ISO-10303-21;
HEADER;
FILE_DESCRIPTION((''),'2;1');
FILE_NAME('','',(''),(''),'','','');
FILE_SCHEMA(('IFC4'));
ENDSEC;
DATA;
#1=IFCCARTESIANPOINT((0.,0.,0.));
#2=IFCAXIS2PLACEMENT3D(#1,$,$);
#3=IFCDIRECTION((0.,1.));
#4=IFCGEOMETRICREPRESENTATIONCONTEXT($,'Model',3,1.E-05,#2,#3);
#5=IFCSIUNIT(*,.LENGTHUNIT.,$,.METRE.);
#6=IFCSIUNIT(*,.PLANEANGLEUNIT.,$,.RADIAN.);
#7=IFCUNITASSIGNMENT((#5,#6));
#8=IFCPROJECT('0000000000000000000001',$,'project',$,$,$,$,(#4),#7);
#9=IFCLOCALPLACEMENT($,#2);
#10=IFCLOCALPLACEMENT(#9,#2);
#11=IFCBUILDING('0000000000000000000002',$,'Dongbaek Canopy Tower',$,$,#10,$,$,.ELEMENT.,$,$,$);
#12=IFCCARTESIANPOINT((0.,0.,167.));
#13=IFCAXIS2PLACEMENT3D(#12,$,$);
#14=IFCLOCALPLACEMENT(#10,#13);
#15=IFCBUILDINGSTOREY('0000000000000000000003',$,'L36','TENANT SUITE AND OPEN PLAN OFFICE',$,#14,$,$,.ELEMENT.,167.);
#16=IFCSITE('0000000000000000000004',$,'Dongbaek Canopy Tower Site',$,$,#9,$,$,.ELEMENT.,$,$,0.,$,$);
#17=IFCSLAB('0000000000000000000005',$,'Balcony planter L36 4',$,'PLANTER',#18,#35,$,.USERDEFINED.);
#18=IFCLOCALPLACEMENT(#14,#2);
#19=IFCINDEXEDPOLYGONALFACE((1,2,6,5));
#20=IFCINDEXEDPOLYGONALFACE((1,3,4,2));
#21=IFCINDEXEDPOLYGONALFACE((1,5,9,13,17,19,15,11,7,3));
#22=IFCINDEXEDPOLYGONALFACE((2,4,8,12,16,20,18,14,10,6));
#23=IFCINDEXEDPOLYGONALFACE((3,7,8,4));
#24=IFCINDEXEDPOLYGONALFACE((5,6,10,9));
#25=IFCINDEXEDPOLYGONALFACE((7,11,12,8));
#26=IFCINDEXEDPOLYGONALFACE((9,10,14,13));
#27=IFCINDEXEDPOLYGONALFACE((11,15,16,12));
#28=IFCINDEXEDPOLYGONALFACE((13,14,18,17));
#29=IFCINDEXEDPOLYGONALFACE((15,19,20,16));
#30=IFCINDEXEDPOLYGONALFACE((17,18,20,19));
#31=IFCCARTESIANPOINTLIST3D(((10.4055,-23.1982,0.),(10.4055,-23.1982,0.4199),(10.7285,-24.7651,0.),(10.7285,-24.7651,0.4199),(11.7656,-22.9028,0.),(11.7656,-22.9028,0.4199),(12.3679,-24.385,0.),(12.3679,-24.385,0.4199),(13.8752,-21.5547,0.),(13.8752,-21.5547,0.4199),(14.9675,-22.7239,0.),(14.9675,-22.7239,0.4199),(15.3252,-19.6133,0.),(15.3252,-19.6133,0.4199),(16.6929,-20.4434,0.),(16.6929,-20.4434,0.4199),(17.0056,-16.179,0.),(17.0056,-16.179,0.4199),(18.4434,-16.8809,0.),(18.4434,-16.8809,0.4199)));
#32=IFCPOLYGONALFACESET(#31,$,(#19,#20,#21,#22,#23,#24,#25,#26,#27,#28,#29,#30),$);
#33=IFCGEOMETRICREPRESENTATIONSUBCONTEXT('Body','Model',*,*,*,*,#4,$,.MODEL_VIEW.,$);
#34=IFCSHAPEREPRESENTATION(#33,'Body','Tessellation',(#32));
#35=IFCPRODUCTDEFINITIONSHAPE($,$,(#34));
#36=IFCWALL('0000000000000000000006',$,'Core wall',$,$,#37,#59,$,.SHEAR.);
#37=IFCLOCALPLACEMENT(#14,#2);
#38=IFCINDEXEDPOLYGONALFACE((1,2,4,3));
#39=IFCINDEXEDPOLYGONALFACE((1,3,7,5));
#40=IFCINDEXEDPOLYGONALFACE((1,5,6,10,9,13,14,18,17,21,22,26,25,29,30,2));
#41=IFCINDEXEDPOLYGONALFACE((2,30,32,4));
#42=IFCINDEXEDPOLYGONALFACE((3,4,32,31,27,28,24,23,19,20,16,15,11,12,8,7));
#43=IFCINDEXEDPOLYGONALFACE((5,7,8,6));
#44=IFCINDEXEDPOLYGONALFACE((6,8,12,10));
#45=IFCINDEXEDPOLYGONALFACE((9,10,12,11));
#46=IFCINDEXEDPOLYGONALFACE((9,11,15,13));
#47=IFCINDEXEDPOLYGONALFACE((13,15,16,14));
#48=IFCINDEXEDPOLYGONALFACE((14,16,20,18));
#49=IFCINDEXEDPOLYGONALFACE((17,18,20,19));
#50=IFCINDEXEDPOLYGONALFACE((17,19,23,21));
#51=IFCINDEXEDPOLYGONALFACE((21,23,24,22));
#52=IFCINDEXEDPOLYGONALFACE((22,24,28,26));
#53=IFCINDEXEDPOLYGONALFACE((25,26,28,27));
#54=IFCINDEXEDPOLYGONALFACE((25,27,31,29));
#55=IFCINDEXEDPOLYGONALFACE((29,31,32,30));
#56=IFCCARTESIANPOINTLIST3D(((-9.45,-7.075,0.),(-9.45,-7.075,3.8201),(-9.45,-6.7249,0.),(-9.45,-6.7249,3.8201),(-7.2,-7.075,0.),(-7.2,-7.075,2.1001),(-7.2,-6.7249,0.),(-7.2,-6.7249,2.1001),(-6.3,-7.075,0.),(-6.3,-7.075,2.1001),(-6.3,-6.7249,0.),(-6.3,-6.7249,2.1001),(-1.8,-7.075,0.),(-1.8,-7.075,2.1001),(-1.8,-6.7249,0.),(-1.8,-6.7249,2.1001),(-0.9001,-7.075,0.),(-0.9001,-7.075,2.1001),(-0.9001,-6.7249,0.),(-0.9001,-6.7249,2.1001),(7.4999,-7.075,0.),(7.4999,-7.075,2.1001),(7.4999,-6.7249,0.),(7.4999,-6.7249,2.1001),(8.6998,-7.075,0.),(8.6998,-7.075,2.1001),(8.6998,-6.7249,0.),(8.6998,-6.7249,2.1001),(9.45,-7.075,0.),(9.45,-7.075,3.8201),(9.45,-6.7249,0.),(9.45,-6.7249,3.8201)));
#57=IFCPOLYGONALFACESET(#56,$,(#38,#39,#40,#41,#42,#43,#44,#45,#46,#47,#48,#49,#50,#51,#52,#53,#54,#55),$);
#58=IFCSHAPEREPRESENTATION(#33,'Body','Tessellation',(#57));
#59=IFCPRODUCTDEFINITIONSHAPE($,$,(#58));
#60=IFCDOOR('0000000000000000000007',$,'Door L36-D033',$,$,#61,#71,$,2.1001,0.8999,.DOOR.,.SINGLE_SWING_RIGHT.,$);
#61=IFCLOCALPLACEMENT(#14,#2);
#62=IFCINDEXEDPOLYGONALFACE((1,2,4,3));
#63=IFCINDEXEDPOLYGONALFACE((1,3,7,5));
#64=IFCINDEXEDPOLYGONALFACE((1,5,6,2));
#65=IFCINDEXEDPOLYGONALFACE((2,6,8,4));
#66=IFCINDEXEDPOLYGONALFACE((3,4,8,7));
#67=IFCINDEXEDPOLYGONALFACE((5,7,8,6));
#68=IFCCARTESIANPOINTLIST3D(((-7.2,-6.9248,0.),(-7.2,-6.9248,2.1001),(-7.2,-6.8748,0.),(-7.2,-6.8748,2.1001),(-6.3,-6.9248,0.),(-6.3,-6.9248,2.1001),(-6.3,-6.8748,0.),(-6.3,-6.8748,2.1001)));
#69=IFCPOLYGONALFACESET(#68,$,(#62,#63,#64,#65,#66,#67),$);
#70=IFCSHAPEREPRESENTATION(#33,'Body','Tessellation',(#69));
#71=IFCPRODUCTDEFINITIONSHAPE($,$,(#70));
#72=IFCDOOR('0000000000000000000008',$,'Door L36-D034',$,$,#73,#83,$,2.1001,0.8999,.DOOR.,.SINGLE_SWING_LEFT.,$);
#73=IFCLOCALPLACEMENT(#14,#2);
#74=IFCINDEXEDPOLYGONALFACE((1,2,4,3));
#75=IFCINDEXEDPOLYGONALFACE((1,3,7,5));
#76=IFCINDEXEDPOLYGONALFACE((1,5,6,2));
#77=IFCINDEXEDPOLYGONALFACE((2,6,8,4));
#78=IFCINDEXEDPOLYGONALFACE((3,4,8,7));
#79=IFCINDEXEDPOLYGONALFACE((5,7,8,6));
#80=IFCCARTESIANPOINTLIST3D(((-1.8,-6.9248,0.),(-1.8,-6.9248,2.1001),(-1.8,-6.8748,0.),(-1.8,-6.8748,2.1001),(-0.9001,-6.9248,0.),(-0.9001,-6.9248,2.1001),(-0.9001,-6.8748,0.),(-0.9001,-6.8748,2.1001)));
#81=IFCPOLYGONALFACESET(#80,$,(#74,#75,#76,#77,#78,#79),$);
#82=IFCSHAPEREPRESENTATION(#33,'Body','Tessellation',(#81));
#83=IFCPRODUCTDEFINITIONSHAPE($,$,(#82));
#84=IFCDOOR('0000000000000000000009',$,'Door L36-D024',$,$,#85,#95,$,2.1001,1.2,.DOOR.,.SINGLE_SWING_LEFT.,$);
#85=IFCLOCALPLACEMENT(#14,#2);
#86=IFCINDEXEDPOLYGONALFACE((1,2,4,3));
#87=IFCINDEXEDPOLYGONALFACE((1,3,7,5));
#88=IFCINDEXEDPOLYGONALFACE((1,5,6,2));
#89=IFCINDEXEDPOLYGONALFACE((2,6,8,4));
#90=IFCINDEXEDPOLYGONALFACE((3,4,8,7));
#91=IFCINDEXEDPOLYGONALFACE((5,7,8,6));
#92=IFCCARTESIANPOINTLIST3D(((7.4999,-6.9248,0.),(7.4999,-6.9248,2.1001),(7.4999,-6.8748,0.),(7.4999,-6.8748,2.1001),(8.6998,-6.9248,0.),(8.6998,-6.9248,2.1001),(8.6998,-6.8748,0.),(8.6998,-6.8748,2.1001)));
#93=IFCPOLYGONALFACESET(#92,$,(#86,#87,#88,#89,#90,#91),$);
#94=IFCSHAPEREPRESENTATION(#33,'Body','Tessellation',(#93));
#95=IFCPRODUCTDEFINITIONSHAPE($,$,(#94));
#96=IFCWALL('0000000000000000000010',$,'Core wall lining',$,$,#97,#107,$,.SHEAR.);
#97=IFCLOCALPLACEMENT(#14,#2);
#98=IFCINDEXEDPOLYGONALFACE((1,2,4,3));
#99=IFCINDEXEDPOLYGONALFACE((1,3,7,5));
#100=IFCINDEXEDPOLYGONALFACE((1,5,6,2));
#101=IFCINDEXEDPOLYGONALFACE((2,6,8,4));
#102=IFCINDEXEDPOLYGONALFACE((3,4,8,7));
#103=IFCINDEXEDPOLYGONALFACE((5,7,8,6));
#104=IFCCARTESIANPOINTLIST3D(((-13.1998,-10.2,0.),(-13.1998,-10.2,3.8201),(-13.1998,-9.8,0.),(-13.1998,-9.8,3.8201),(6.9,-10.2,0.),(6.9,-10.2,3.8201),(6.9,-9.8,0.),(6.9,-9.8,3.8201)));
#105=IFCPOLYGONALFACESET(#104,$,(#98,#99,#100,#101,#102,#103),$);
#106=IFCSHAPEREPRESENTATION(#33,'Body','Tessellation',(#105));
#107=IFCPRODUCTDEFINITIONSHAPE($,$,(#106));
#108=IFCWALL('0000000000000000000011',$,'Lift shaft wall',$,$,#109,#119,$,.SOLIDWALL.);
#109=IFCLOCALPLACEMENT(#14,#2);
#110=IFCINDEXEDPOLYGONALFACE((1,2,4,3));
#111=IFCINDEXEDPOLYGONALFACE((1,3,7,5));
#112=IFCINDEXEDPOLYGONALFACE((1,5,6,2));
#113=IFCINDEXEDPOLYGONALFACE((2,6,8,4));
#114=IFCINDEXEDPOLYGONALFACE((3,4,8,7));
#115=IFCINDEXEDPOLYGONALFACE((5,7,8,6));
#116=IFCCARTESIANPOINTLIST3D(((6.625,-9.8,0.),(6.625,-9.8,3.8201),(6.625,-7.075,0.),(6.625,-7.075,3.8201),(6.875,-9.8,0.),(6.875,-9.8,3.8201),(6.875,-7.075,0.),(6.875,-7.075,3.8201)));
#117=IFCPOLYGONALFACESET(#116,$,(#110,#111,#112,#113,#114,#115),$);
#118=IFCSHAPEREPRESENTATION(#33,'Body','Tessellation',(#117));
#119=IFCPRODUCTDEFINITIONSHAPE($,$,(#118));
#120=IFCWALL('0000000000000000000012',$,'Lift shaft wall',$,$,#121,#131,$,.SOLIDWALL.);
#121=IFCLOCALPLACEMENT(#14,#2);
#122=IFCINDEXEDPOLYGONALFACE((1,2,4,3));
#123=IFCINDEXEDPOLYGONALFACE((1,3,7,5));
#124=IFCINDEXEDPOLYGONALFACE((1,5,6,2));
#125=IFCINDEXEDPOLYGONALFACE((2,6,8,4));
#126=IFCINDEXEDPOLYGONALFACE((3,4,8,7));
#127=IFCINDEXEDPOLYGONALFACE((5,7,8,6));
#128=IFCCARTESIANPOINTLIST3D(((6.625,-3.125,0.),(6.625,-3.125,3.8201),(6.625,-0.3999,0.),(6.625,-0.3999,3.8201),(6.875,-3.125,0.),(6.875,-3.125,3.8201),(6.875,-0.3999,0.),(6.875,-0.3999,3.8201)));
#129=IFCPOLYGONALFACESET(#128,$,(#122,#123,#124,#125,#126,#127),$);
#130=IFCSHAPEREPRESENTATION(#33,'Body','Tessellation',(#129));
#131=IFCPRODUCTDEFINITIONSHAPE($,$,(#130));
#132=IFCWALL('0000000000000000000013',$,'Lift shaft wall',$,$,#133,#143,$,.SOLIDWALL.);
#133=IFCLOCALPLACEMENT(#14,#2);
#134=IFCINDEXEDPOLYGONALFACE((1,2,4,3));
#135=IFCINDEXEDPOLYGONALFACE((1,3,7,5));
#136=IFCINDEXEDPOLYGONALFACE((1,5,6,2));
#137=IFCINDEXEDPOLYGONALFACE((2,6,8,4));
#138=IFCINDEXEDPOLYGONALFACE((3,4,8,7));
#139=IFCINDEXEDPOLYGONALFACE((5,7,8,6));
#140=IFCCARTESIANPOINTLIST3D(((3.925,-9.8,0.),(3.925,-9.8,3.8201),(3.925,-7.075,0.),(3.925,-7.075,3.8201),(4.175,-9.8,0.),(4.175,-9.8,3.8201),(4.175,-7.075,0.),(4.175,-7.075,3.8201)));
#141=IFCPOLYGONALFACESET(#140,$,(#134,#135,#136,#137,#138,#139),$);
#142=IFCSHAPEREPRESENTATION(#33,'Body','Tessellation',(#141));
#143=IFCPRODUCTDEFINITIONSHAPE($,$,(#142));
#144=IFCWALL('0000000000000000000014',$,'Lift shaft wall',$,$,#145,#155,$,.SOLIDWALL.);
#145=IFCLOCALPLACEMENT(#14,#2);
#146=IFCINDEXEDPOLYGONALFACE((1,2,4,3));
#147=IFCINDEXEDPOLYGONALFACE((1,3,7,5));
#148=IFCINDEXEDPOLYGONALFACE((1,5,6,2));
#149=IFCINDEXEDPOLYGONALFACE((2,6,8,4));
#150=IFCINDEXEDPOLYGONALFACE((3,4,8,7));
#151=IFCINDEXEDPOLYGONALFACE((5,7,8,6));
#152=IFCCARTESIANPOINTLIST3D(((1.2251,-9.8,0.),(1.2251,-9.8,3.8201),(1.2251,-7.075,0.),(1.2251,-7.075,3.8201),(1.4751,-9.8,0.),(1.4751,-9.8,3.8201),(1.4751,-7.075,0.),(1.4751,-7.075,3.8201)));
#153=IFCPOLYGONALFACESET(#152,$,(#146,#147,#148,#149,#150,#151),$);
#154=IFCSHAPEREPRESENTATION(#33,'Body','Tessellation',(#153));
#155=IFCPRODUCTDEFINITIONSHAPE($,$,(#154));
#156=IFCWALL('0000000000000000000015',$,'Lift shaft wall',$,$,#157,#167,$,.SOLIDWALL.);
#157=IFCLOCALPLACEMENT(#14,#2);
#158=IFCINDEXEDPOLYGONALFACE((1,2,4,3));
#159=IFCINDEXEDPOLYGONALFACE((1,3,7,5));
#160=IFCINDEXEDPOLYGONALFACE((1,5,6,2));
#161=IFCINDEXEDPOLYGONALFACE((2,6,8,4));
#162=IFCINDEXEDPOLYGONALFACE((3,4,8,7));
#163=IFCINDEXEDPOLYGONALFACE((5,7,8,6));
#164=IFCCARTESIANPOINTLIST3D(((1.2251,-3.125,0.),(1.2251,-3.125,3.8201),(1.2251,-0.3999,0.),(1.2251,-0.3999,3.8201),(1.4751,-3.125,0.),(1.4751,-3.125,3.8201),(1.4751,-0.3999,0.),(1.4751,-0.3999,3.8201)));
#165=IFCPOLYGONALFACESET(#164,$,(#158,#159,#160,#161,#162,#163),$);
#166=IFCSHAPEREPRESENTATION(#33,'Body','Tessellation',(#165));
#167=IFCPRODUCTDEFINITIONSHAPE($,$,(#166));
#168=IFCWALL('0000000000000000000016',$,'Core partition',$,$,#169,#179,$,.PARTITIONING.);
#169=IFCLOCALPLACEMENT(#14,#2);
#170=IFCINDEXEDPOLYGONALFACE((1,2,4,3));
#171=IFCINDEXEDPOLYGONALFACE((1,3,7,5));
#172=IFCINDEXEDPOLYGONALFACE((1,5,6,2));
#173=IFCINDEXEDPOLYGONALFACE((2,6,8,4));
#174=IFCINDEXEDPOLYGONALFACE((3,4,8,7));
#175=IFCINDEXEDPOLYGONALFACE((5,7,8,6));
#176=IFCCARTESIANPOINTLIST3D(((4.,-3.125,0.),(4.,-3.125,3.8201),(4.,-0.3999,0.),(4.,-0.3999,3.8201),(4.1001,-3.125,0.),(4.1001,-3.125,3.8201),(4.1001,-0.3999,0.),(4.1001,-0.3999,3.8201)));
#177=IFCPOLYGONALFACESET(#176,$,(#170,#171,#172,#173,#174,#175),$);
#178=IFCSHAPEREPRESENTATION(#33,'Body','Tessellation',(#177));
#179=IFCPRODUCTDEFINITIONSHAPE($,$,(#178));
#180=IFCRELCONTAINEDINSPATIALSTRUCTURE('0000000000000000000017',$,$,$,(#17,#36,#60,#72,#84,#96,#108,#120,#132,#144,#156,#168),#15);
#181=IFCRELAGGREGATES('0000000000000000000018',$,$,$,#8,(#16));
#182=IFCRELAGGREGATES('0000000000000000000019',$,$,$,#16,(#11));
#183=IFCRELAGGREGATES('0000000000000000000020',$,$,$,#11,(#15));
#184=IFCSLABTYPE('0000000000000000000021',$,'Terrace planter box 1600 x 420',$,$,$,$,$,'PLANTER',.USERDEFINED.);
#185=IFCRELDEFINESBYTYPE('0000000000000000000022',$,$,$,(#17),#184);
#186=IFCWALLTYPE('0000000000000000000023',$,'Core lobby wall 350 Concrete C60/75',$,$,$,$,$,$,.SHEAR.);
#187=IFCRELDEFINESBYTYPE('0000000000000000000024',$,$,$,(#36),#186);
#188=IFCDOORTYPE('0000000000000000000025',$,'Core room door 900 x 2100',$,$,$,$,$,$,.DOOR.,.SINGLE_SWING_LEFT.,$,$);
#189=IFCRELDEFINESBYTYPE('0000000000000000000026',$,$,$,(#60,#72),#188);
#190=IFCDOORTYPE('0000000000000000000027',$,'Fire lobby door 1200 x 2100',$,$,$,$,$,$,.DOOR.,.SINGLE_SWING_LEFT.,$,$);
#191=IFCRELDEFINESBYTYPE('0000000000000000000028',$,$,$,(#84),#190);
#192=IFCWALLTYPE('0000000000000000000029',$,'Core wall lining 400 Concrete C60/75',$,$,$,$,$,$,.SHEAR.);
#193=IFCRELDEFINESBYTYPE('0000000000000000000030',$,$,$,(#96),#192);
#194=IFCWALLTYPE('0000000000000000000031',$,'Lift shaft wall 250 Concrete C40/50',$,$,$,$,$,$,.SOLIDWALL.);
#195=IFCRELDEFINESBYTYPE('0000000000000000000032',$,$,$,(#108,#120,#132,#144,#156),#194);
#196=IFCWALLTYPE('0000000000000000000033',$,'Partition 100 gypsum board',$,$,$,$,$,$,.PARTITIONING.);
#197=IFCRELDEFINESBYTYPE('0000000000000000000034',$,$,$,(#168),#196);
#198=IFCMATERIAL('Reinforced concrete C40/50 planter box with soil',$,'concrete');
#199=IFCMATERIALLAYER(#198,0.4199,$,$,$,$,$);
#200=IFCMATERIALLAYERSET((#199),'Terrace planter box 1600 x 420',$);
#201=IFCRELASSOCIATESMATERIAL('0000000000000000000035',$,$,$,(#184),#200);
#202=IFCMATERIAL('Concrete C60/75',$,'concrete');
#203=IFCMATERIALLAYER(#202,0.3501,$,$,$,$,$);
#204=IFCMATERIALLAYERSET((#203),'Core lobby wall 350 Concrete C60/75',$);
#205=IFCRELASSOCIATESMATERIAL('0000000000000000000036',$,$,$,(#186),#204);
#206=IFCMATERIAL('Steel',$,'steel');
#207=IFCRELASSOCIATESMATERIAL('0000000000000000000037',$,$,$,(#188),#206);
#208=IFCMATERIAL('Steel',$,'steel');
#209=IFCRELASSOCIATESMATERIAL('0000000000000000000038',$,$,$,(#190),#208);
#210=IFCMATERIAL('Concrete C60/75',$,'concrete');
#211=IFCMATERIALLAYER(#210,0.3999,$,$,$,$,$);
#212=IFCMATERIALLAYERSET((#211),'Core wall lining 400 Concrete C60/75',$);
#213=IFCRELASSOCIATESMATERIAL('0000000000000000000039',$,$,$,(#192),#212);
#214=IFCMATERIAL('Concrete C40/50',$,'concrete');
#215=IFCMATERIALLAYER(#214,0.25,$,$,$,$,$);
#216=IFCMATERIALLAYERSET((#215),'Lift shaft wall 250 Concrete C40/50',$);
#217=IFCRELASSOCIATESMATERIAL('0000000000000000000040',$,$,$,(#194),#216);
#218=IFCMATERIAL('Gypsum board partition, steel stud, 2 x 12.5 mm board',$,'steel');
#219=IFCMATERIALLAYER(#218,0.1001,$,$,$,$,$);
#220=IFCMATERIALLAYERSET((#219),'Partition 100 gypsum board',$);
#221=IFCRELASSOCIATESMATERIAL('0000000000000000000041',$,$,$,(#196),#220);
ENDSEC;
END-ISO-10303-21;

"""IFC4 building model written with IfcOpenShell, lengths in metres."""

from ifc_helpers import new_model, si_unit, direction, frame, frame_2d, origin, place, context, subcontext, project, spatial, polyline, rectangle, outline, extrude, material, layer, layer_set, type_object, element, fill, save


model = new_model("IFC4")

# Units and contexts
model_context = context("Model", 3, precision=1e-05, world=origin(), true_north=direction((0.0, 1.0)))
body_context = subcontext(model_context, "Body", "Model", "MODEL_VIEW")
ifc_project = project(units=[si_unit("LENGTHUNIT", "METRE"), si_unit("PLANEANGLEUNIT", "RADIAN")], contexts=[model_context])

# Site, building, storey
site_placement = place(None, origin())
site = spatial("IfcSite", under=ifc_project, at=site_placement, Name="Dongbaek Canopy Tower Site", CompositionType="ELEMENT", RefElevation=0.0)
building_placement = place(site_placement, origin())
building = spatial("IfcBuilding", under=site, at=building_placement, Name="Dongbaek Canopy Tower", CompositionType="ELEMENT")
storey_placement = place(building_placement, frame((0.0, 0.0, 167.0)))
storey = spatial("IfcBuildingStorey", under=building, at=storey_placement, Name="L36", Description="TENANT SUITE AND OPEN PLAN OFFICE", CompositionType="ELEMENT", Elevation=167.0)

# Slab
ifc_material_1 = material(Name="Reinforced concrete C40/50 planter box with soil", Category="concrete")
ifc_layer_1 = layer(ifc_material_1, 0.4199)
ifc_layer_set_1 = layer_set([ifc_layer_1], Name="Terrace planter box 1600 x 420")
slab_type = type_object("IfcSlabType", Name="Terrace planter box 1600 x 420", ElementType="PLANTER", PredefinedType="USERDEFINED", material=ifc_layer_set_1)
slab_placement = place(storey_placement, origin())
element("IfcSlab", 1, at=slab_placement, inside=storey, type_object=slab_type, Name="Balcony planter L36 4", ObjectType="PLANTER", PredefinedType="USERDEFINED", context=body_context, shape_type="SweptSolid", body=[
    extrude(outline(polyline([(10.4055, -23.1982), (11.7656, -22.9028), (13.8752, -21.5547), (15.3252, -19.6133), (17.0056, -16.179), (18.4434, -16.8809), (16.6929, -20.4434), (14.9675, -22.7239), (12.3679, -24.385), (10.7285, -24.7651), (10.4055, -23.1982)])), origin(), (0.0, 0.0, 1.0), 0.4199),
])

# Wall, openings, doors
ifc_material_2 = material(Name="Concrete C60/75", Category="concrete")
ifc_layer_2 = layer(ifc_material_2, 0.3501)
ifc_layer_set_2 = layer_set([ifc_layer_2], Name="Core lobby wall 350 Concrete C60/75")
wall_type_1 = type_object("IfcWallType", Name="Core lobby wall 350 Concrete C60/75", PredefinedType="SHEAR", material=ifc_layer_set_2)
wall_1_placement = place(storey_placement, frame((9.45, -6.8999, 0.0), z_axis=(0.0, 0.0, 1.0), x_axis=(-1.0, 0.0, 0.0)))
wall_1 = element("IfcWall", 2, at=wall_1_placement, inside=storey, type_object=wall_type_1, Name="Core wall", PredefinedType="SHEAR", context=body_context, shape_type="SweptSolid", body=[
    extrude(rectangle(XDim=18.8999, YDim=0.3501, at=frame_2d((9.45, 0.0))), origin(), (0.0, 0.0, 1.0), 3.8201),
])
opening_1_placement = place(wall_1_placement, frame((0.75, 0.0, 0.0)))
opening_1 = element("IfcOpeningElement", 3, at=opening_1_placement, cuts=wall_1, PredefinedType="OPENING", context=body_context, shape_type="SweptSolid", body=[
    extrude(rectangle(XDim=1.2, YDim=2.1001, at=frame_2d((0.6001, 1.05))), frame((0.0, 0.1851, 0.0), z_axis=(0.0, -1.0, 0.0), x_axis=(1.0, 0.0, 0.0)), (0.0, 0.0, 1.0), 0.3701),
])
opening_2_placement = place(wall_1_placement, frame((15.75, 0.0, 0.0)))
opening_2 = element("IfcOpeningElement", 4, at=opening_2_placement, cuts=wall_1, PredefinedType="OPENING", context=body_context, shape_type="SweptSolid", body=[
    extrude(rectangle(XDim=0.8999, YDim=2.1001, at=frame_2d((0.45, 1.05))), frame((0.0, 0.1851, 0.0), z_axis=(0.0, -1.0, 0.0), x_axis=(1.0, 0.0, 0.0)), (0.0, 0.0, 1.0), 0.3701),
])
opening_3_placement = place(wall_1_placement, frame((10.3501, 0.0, 0.0)))
opening_3 = element("IfcOpeningElement", 5, at=opening_3_placement, cuts=wall_1, PredefinedType="OPENING", context=body_context, shape_type="SweptSolid", body=[
    extrude(rectangle(XDim=0.8999, YDim=2.1001, at=frame_2d((0.45, 1.05))), frame((0.0, 0.1851, 0.0), z_axis=(0.0, -1.0, 0.0), x_axis=(1.0, 0.0, 0.0)), (0.0, 0.0, 1.0), 0.3701),
])
ifc_material_3 = material(Name="Steel", Category="steel")
door_type_1 = type_object("IfcDoorType", Name="Core room door 900 x 2100", OperationType="SINGLE_SWING_LEFT", PredefinedType="DOOR", material=ifc_material_3)
door_1_placement = place(opening_2_placement, origin())
door_1 = element("IfcDoor", 6, at=door_1_placement, inside=storey, type_object=door_type_1, Name="Door L36-D033", OperationType="SINGLE_SWING_RIGHT", OverallHeight=2.1001, OverallWidth=0.8999, PredefinedType="DOOR", context=body_context, shape_type="SweptSolid", body=[
    extrude(rectangle(XDim=0.8999, YDim=2.1001, at=frame_2d((0.45, 1.05))), frame((0.0, 0.0249, 0.0), z_axis=(0.0, -1.0, 0.0), x_axis=(1.0, 0.0, 0.0)), (0.0, 0.0, 1.0), 0.05),
])
fill(opening_2, door_1)
door_2_placement = place(opening_3_placement, origin())
door_2 = element("IfcDoor", 7, at=door_2_placement, inside=storey, type_object=door_type_1, Name="Door L36-D034", OperationType="SINGLE_SWING_LEFT", OverallHeight=2.1001, OverallWidth=0.8999, PredefinedType="DOOR", context=body_context, shape_type="SweptSolid", body=[
    extrude(rectangle(XDim=0.8999, YDim=2.1001, at=frame_2d((0.45, 1.05))), frame((0.0, 0.0249, 0.0), z_axis=(0.0, -1.0, 0.0), x_axis=(1.0, 0.0, 0.0)), (0.0, 0.0, 1.0), 0.05),
])
fill(opening_3, door_2)
ifc_material_4 = material(Name="Steel", Category="steel")
door_type_2 = type_object("IfcDoorType", Name="Fire lobby door 1200 x 2100", OperationType="SINGLE_SWING_LEFT", PredefinedType="DOOR", material=ifc_material_4)
door_3_placement = place(opening_1_placement, origin())
door_3 = element("IfcDoor", 8, at=door_3_placement, inside=storey, type_object=door_type_2, Name="Door L36-D024", OperationType="SINGLE_SWING_LEFT", OverallHeight=2.1001, OverallWidth=1.2, PredefinedType="DOOR", context=body_context, shape_type="SweptSolid", body=[
    extrude(rectangle(XDim=1.2, YDim=2.1001, at=frame_2d((0.6001, 1.05))), frame((0.0, 0.0249, 0.0), z_axis=(0.0, -1.0, 0.0), x_axis=(1.0, 0.0, 0.0)), (0.0, 0.0, 1.0), 0.05),
])
fill(opening_1, door_3)

# Walls
ifc_material_5 = material(Name="Concrete C60/75", Category="concrete")
ifc_layer_3 = layer(ifc_material_5, 0.3999)
ifc_layer_set_3 = layer_set([ifc_layer_3], Name="Core wall lining 400 Concrete C60/75")
wall_type_2 = type_object("IfcWallType", Name="Core wall lining 400 Concrete C60/75", PredefinedType="SHEAR", material=ifc_layer_set_3)
wall_2_placement = place(storey_placement, frame((6.8999, -10.0, 0.0), z_axis=(0.0, 0.0, 1.0), x_axis=(-1.0, 0.0, 0.0)))
element("IfcWall", 9, at=wall_2_placement, inside=storey, type_object=wall_type_2, Name="Core wall lining", PredefinedType="SHEAR", context=body_context, shape_type="SweptSolid", body=[
    extrude(rectangle(XDim=20.0999, YDim=0.3999, at=frame_2d((10.0498, 0.0))), origin(), (0.0, 0.0, 1.0), 3.8201),
])
ifc_material_6 = material(Name="Concrete C40/50", Category="concrete")
ifc_layer_4 = layer(ifc_material_6, 0.25)
ifc_layer_set_4 = layer_set([ifc_layer_4], Name="Lift shaft wall 250 Concrete C40/50")
wall_type_3 = type_object("IfcWallType", Name="Lift shaft wall 250 Concrete C40/50", PredefinedType="SOLIDWALL", material=ifc_layer_set_4)
for number, where, z_axis, x_axis, name in (
    (10, (6.75, -9.8, 0.0), (0.0, 0.0, 1.0), (0.0, 1.0, 0.0), "Lift shaft wall"),
    (11, (6.75, -3.125, 0.0), (0.0, 0.0, 1.0), (0.0, 1.0, 0.0), "Lift shaft wall"),
    (12, (4.05, -9.8, 0.0), (0.0, 0.0, 1.0), (0.0, 1.0, 0.0), "Lift shaft wall"),
    (13, (1.3501, -9.8, 0.0), (0.0, 0.0, 1.0), (0.0, 1.0, 0.0), "Lift shaft wall"),
    (14, (1.3501, -3.125, 0.0), (0.0, 0.0, 1.0), (0.0, 1.0, 0.0), "Lift shaft wall"),
):
    element("IfcWall", number, at=place(storey_placement, frame(where, z_axis=z_axis, x_axis=x_axis)), inside=storey, type_object=wall_type_3, Name=name, PredefinedType="SOLIDWALL", context=body_context, shape_type="SweptSolid", body=[
        extrude(rectangle(XDim=2.7251, YDim=0.25, at=frame_2d((1.3625, 0.0))), origin(), (0.0, 0.0, 1.0), 3.8201),
    ])
ifc_material_7 = material(Name="Gypsum board partition, steel stud, 2 x 12.5 mm board", Category="steel")
ifc_layer_5 = layer(ifc_material_7, 0.1001)
ifc_layer_set_5 = layer_set([ifc_layer_5], Name="Partition 100 gypsum board")
wall_type_4 = type_object("IfcWallType", Name="Partition 100 gypsum board", PredefinedType="PARTITIONING", material=ifc_layer_set_5)
wall_3_placement = place(storey_placement, frame((4.05, -3.125, 0.0), z_axis=(0.0, 0.0, 1.0), x_axis=(0.0, 1.0, 0.0)))
element("IfcWall", 15, at=wall_3_placement, inside=storey, type_object=wall_type_4, Name="Core partition", PredefinedType="PARTITIONING", context=body_context, shape_type="SweptSolid", body=[
    extrude(rectangle(XDim=2.7251, YDim=0.1001, at=frame_2d((1.3625, 0.0))), origin(), (0.0, 0.0, 1.0), 3.8201),
])

save(model, "model.ifc")
